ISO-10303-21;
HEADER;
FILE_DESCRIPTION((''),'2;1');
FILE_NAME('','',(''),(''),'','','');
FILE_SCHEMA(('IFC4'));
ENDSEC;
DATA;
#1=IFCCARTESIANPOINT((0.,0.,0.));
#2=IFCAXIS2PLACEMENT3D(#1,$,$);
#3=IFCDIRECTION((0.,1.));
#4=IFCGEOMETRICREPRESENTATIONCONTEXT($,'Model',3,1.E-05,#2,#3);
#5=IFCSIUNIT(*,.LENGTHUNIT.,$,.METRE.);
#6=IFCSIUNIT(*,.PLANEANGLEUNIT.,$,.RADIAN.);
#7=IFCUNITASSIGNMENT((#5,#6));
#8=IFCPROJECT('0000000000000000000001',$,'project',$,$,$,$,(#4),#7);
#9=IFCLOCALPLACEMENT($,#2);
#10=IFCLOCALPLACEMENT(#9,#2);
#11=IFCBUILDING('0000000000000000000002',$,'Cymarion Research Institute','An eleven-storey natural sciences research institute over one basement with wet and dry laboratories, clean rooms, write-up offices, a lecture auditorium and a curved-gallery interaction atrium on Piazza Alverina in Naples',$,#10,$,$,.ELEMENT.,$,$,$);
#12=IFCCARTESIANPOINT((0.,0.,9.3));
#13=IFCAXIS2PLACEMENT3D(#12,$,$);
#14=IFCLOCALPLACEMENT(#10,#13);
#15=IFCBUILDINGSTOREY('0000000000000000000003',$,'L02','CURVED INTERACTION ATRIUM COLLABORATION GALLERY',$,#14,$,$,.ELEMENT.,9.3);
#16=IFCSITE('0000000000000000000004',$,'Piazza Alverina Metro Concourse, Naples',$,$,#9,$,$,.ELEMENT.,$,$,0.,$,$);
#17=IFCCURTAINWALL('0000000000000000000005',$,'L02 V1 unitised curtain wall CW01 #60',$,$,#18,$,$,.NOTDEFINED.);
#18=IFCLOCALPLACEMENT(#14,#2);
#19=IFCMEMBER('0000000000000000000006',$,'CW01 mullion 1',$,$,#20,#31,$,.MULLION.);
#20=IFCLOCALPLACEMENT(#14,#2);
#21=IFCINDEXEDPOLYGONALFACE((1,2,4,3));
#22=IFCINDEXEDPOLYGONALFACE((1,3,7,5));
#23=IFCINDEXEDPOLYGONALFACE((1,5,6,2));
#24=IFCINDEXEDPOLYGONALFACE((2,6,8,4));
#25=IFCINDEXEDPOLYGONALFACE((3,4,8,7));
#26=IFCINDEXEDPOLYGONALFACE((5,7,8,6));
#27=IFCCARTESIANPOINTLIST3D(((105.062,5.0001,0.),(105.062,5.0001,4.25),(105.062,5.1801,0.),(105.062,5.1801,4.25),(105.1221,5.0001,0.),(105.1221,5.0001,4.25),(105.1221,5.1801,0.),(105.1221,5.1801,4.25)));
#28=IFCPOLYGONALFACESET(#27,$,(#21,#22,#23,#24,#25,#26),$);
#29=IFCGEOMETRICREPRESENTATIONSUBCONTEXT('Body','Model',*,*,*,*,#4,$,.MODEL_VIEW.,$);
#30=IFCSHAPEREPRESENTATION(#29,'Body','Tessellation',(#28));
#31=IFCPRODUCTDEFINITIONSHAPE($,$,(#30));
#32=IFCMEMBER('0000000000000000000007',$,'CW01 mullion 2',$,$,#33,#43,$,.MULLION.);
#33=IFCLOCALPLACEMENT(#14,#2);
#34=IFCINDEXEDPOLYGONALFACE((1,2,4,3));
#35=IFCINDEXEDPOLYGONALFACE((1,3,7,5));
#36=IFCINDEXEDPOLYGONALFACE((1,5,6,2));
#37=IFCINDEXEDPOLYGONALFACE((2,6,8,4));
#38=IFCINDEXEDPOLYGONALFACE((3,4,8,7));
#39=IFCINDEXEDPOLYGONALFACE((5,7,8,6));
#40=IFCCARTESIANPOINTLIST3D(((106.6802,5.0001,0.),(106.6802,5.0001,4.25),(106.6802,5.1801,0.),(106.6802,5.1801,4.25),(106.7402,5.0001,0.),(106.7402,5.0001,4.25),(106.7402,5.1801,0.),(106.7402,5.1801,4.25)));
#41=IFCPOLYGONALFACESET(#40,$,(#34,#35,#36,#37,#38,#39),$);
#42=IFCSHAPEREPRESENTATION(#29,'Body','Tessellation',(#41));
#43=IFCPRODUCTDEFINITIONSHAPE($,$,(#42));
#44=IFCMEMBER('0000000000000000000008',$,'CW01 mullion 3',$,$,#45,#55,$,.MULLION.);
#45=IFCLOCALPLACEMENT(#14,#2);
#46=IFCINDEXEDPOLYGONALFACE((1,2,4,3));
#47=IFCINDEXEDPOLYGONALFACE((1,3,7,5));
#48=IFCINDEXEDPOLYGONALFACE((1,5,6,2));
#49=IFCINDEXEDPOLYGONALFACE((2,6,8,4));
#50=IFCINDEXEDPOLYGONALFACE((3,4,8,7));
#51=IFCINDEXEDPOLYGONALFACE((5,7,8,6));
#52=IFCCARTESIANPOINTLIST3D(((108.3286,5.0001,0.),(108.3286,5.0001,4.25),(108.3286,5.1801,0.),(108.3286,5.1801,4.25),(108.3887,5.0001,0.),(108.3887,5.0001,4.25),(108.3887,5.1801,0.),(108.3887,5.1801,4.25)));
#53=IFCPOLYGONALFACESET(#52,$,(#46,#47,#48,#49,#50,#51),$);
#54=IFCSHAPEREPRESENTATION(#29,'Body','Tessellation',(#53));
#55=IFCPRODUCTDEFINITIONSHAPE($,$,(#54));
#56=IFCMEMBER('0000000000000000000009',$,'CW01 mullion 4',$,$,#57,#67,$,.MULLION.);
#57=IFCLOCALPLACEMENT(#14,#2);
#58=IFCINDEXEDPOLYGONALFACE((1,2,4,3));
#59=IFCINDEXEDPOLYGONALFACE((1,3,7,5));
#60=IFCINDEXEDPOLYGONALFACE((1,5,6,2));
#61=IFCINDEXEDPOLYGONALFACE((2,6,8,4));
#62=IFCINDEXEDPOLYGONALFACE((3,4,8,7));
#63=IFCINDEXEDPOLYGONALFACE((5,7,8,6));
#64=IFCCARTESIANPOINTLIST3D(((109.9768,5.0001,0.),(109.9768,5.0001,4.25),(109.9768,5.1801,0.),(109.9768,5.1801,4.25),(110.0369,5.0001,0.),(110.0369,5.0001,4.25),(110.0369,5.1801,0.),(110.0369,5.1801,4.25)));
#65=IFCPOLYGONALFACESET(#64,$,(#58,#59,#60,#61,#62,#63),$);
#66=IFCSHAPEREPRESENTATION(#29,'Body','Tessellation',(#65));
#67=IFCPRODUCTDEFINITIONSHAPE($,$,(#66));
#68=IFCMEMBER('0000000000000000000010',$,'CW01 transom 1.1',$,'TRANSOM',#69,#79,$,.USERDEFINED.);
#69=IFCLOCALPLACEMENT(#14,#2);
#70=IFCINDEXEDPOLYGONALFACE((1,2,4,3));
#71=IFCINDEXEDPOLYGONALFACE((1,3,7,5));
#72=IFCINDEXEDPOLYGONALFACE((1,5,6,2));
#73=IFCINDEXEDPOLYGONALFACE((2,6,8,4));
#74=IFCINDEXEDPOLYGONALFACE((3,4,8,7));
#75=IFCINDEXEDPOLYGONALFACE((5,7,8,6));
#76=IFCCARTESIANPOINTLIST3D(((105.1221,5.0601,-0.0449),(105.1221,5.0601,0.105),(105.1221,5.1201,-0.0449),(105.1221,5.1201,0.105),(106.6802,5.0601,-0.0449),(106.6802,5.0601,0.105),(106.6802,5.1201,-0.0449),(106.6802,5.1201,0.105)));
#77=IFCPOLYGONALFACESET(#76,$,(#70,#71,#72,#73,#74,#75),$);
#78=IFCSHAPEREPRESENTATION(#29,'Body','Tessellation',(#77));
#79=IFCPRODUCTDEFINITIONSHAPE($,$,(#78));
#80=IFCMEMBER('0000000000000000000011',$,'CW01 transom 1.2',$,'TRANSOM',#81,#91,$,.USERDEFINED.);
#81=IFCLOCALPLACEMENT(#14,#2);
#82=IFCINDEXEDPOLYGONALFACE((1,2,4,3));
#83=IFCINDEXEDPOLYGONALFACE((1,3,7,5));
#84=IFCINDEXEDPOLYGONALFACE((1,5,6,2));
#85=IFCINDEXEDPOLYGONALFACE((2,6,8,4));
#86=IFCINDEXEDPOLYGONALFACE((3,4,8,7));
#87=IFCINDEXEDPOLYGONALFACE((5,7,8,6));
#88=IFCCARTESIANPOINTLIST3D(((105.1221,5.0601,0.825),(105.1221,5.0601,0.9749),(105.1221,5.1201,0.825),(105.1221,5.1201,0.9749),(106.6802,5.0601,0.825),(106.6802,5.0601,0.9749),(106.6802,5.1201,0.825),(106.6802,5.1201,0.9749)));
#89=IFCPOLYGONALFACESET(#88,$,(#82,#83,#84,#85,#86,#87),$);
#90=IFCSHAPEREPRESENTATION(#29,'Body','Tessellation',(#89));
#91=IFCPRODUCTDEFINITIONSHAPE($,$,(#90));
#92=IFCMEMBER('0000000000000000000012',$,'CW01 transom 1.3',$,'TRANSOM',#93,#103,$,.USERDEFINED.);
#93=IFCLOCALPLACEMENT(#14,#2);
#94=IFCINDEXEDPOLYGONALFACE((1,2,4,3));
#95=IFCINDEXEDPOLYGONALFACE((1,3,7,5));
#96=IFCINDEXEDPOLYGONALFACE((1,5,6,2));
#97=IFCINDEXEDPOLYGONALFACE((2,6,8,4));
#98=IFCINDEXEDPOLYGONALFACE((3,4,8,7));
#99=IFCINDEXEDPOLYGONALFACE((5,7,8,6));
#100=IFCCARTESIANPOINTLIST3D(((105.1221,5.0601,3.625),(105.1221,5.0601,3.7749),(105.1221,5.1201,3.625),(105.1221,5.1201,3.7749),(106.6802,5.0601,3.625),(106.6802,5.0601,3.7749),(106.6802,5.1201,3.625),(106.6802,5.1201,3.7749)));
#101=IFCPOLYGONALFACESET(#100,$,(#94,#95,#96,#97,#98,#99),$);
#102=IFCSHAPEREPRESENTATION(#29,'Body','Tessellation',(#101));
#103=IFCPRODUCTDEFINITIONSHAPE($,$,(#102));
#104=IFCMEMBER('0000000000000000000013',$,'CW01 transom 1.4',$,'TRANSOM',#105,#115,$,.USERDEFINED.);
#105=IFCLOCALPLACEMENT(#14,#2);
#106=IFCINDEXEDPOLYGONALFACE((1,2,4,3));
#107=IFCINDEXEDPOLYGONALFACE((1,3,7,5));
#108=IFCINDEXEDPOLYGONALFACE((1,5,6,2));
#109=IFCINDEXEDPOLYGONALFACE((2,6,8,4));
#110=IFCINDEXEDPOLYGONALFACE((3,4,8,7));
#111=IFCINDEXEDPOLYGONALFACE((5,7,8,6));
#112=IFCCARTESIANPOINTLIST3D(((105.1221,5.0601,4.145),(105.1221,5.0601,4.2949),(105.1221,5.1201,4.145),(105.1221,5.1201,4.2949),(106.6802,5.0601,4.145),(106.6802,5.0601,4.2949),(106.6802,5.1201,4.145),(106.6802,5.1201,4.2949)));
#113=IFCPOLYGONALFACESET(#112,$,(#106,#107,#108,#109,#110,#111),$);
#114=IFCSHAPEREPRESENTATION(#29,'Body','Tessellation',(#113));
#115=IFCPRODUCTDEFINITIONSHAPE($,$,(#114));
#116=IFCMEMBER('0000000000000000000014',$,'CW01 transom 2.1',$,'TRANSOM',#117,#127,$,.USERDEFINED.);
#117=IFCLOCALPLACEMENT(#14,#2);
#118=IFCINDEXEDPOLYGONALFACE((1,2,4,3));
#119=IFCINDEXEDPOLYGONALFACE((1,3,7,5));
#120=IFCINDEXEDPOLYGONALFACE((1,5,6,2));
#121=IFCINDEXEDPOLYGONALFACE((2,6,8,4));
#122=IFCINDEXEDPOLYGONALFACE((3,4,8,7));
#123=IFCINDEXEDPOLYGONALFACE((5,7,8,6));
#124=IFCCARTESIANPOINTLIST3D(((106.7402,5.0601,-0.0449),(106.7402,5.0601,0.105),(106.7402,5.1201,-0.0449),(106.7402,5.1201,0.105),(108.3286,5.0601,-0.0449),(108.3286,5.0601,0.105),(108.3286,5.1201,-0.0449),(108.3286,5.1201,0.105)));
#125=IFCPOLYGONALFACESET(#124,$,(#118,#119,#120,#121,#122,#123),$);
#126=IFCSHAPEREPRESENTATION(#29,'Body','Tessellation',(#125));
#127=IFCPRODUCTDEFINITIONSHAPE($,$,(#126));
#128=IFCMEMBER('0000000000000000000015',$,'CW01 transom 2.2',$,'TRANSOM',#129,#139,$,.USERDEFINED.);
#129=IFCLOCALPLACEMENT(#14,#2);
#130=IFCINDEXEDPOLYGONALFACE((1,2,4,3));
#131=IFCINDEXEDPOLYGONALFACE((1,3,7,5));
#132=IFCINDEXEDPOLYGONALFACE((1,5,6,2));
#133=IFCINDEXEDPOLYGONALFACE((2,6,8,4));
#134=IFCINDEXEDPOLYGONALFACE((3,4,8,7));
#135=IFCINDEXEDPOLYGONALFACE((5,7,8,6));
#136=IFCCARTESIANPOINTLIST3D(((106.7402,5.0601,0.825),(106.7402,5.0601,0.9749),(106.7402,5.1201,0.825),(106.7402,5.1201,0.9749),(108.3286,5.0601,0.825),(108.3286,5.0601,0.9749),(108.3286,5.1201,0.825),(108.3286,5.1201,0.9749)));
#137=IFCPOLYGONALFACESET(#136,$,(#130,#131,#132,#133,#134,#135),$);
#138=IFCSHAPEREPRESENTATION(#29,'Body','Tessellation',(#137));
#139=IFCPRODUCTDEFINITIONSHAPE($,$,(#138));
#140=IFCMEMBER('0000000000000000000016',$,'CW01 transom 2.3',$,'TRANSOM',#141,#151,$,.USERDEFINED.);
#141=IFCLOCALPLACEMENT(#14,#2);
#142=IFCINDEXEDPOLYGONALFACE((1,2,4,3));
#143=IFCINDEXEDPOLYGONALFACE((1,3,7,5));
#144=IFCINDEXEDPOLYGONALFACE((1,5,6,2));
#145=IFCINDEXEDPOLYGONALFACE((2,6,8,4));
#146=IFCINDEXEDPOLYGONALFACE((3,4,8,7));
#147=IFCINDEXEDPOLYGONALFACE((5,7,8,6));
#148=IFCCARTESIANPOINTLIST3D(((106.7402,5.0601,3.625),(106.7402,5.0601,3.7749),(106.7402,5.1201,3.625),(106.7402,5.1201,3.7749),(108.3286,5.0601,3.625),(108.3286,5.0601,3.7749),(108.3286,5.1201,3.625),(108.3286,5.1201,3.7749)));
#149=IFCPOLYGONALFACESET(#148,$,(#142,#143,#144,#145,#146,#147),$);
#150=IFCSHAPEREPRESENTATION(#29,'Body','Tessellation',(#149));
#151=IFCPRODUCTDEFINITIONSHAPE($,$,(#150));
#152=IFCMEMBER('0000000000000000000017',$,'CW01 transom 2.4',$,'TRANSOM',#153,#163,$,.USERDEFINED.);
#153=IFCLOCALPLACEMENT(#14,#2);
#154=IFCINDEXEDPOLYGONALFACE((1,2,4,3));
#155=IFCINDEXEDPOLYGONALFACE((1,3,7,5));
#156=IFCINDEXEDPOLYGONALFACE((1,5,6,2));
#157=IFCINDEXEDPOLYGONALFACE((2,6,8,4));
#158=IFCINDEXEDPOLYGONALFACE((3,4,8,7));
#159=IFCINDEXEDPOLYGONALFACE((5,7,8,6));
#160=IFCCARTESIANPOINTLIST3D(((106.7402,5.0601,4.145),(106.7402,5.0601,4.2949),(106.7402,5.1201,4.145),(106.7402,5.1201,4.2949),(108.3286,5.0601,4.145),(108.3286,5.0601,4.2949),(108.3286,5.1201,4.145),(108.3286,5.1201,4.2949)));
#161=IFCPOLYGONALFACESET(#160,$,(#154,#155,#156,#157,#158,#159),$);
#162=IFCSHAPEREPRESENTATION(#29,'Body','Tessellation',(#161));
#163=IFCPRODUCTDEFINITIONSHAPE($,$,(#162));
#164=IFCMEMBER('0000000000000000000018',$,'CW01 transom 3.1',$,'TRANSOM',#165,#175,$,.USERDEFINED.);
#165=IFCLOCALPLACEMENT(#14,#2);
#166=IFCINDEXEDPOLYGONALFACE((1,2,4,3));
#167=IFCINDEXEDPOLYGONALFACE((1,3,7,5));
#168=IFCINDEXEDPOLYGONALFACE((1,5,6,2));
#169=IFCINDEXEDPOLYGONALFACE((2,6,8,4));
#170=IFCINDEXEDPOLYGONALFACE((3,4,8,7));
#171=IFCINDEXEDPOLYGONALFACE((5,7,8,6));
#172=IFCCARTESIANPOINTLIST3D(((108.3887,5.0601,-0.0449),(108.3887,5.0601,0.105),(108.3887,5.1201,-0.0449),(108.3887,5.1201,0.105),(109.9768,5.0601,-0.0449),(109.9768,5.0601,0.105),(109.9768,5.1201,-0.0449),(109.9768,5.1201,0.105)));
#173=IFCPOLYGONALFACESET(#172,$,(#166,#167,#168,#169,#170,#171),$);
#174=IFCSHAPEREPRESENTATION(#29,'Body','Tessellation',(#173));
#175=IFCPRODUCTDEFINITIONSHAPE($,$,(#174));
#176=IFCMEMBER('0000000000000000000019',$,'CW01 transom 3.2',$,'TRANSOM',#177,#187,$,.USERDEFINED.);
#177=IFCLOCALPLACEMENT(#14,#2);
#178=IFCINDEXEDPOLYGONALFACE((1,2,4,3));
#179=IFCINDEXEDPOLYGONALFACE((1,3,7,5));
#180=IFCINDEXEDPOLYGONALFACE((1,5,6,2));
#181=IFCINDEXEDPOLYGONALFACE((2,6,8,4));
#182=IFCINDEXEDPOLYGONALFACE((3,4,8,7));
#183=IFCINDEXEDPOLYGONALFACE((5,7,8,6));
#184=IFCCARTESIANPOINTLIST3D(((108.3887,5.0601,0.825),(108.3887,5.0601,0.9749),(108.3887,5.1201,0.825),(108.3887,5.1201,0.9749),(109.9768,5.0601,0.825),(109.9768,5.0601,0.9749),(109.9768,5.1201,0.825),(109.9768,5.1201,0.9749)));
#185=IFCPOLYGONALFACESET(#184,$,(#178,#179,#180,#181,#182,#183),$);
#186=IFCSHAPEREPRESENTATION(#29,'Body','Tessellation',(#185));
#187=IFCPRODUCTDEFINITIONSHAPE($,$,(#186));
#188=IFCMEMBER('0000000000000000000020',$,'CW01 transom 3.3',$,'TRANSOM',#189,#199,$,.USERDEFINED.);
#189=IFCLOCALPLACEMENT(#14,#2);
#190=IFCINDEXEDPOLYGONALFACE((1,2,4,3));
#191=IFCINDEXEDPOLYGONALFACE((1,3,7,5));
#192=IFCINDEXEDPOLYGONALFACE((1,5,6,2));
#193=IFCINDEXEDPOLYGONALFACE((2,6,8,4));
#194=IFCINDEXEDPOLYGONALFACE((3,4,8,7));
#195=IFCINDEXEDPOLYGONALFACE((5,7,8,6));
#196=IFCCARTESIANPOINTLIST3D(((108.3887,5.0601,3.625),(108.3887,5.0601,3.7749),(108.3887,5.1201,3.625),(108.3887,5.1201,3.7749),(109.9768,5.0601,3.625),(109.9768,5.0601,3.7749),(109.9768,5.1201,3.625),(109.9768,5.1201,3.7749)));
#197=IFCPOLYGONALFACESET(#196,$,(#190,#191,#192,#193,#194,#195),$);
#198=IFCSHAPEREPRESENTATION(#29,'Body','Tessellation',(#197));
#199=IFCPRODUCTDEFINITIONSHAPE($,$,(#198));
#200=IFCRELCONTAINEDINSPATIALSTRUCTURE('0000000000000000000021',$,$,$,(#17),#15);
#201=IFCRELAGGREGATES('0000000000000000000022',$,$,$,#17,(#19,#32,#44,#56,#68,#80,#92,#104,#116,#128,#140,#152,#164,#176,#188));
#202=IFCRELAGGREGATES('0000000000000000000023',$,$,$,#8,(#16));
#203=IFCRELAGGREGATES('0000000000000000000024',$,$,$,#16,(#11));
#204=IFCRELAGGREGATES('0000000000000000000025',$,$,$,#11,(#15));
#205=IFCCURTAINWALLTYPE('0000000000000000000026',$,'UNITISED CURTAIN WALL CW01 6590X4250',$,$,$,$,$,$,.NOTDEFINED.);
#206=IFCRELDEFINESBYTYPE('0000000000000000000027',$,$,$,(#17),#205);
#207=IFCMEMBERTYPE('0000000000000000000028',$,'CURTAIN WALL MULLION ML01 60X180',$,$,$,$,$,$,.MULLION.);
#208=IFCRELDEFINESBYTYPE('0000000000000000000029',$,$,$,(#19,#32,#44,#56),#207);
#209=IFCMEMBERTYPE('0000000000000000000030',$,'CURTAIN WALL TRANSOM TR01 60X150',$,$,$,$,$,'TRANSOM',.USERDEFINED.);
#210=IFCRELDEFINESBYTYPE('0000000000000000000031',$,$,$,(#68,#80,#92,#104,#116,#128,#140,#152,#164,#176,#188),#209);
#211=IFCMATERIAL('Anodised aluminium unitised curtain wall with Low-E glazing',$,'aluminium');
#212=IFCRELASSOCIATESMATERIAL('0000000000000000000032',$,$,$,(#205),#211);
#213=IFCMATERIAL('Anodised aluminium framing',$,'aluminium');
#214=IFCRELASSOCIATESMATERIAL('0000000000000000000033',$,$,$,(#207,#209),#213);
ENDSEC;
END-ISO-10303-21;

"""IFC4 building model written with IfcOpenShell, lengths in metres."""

from ifc_helpers import new_model, si_unit, direction, frame, origin, origin_2d, place, context, subcontext, project, spatial, rectangle, extrude, material, material_profile, profile_set, type_object, element, aggregate, save


model = new_model("IFC4")

# Units and contexts
model_context = context("Model", 3, precision=1e-05, world=origin(), true_north=direction((0.0, 1.0)))
body_context = subcontext(model_context, "Body", "Model", "MODEL_VIEW")
ifc_project = project(units=[si_unit("LENGTHUNIT", "METRE"), si_unit("PLANEANGLEUNIT", "RADIAN")], contexts=[model_context])

# Site, building, storey
site_placement = place(None, origin())
site = spatial("IfcSite", under=ifc_project, at=site_placement, Name="Piazza Alverina Metro Concourse, Naples", CompositionType="ELEMENT", RefElevation=0.0)
building_placement = place(site_placement, origin())
building = spatial("IfcBuilding", under=site, at=building_placement, Name="Cymarion Research Institute", Description="An eleven-storey natural sciences research institute over one basement with wet and dry laboratories, clean rooms, write-up offices, a lecture auditorium and a curved-gallery interaction atrium on Piazza Alverina in Naples", CompositionType="ELEMENT")
storey_placement = place(building_placement, frame((0.0, 0.0, 9.3)))
storey = spatial("IfcBuildingStorey", under=building, at=storey_placement, Name="L02", Description="CURVED INTERACTION ATRIUM COLLABORATION GALLERY", CompositionType="ELEMENT", Elevation=9.3)

# Curtain wall, members
ifc_material_1 = material(Name="Anodised aluminium unitised curtain wall with Low-E glazing", Category="aluminium")
curtain_wall_type = type_object("IfcCurtainWallType", Name="UNITISED CURTAIN WALL CW01 6590X4250", PredefinedType="NOTDEFINED", material=ifc_material_1)
curtain_wall_placement = place(storey_placement, origin())
curtain_wall = element("IfcCurtainWall", 1, at=curtain_wall_placement, inside=storey, type_object=curtain_wall_type, Name="L02 V1 unitised curtain wall CW01 #60", PredefinedType="NOTDEFINED")
ifc_material_2 = material(Name="Anodised aluminium framing", Category="aluminium")
ifc_material_profile_1 = material_profile(ifc_material_2, rectangle(XDim=0.0601, YDim=0.1799, at=origin_2d()), Name="ALU MULLION 60x180")
ifc_profile_set_1 = profile_set([ifc_material_profile_1], Name="Anodised aluminium framing")
member_type_1 = type_object("IfcMemberType", Name="CURTAIN WALL MULLION ML01 60X180", PredefinedType="MULLION", material=ifc_profile_set_1)
member_1_placement = place(storey_placement, frame((105.092, 5.0901, 0.0), z_axis=(0.0, 0.0, 1.0), x_axis=(1.0, 0.0, 0.0)))
member_1 = element("IfcMember", 2, at=member_1_placement, type_object=member_type_1, Name="CW01 mullion 1", PredefinedType="MULLION", context=body_context, shape_type="SweptSolid", body=[
    extrude(rectangle(XDim=0.0601, YDim=0.1799, at=origin_2d()), origin(), (0.0, 0.0, 1.0), 4.25),
])
member_2_placement = place(storey_placement, frame((106.7102, 5.0901, 0.0), z_axis=(0.0, 0.0, 1.0), x_axis=(1.0, 0.0, 0.0)))
member_2 = element("IfcMember", 3, at=member_2_placement, type_object=member_type_1, Name="CW01 mullion 2", PredefinedType="MULLION", context=body_context, shape_type="SweptSolid", body=[
    extrude(rectangle(XDim=0.0601, YDim=0.1799, at=origin_2d()), origin(), (0.0, 0.0, 1.0), 4.25),
])
member_3_placement = place(storey_placement, frame((108.3586, 5.0901, 0.0), z_axis=(0.0, 0.0, 1.0), x_axis=(1.0, 0.0, 0.0)))
member_3 = element("IfcMember", 4, at=member_3_placement, type_object=member_type_1, Name="CW01 mullion 3", PredefinedType="MULLION", context=body_context, shape_type="SweptSolid", body=[
    extrude(rectangle(XDim=0.0601, YDim=0.1799, at=origin_2d()), origin(), (0.0, 0.0, 1.0), 4.25),
])
member_4_placement = place(storey_placement, frame((110.0068, 5.0901, 0.0), z_axis=(0.0, 0.0, 1.0), x_axis=(1.0, 0.0, 0.0)))
member_4 = element("IfcMember", 5, at=member_4_placement, type_object=member_type_1, Name="CW01 mullion 4", PredefinedType="MULLION", context=body_context, shape_type="SweptSolid", body=[
    extrude(rectangle(XDim=0.0601, YDim=0.1799, at=origin_2d()), origin(), (0.0, 0.0, 1.0), 4.25),
])
ifc_material_profile_2 = material_profile(ifc_material_2, rectangle(XDim=0.0601, YDim=0.1499, at=origin_2d()), Name="ALU TRANSOM 60x150")
ifc_profile_set_2 = profile_set([ifc_material_profile_2], Name="Anodised aluminium framing")
member_type_2 = type_object("IfcMemberType", Name="CURTAIN WALL TRANSOM TR01 60X150", ElementType="TRANSOM", PredefinedType="USERDEFINED", material=ifc_profile_set_2)
member_5_placement = place(storey_placement, frame((105.1221, 5.0901, 0.03), z_axis=(1.0, 0.0, 0.0), x_axis=(0.0, 1.0, 0.0)))
member_5 = element("IfcMember", 6, at=member_5_placement, type_object=member_type_2, Name="CW01 transom 1.1", ObjectType="TRANSOM", PredefinedType="USERDEFINED", context=body_context, shape_type="SweptSolid", body=[
    extrude(rectangle(XDim=0.0601, YDim=0.1499, at=origin_2d()), origin(), (0.0, 0.0, 1.0), 1.5581),
])
member_6_placement = place(storey_placement, frame((105.1221, 5.0901, 0.8999), z_axis=(1.0, 0.0, 0.0), x_axis=(0.0, 1.0, 0.0)))
member_6 = element("IfcMember", 7, at=member_6_placement, type_object=member_type_2, Name="CW01 transom 1.2", ObjectType="TRANSOM", PredefinedType="USERDEFINED", context=body_context, shape_type="SweptSolid", body=[
    extrude(rectangle(XDim=0.0601, YDim=0.1499, at=origin_2d()), origin(), (0.0, 0.0, 1.0), 1.5581),
])
member_7_placement = place(storey_placement, frame((105.1221, 5.0901, 3.7), z_axis=(1.0, 0.0, 0.0), x_axis=(0.0, 1.0, 0.0)))
member_7 = element("IfcMember", 8, at=member_7_placement, type_object=member_type_2, Name="CW01 transom 1.3", ObjectType="TRANSOM", PredefinedType="USERDEFINED", context=body_context, shape_type="SweptSolid", body=[
    extrude(rectangle(XDim=0.0601, YDim=0.1499, at=origin_2d()), origin(), (0.0, 0.0, 1.0), 1.5581),
])
member_8_placement = place(storey_placement, frame((105.1221, 5.0901, 4.22), z_axis=(1.0, 0.0, 0.0), x_axis=(0.0, 1.0, 0.0)))
member_8 = element("IfcMember", 9, at=member_8_placement, type_object=member_type_2, Name="CW01 transom 1.4", ObjectType="TRANSOM", PredefinedType="USERDEFINED", context=body_context, shape_type="SweptSolid", body=[
    extrude(rectangle(XDim=0.0601, YDim=0.1499, at=origin_2d()), origin(), (0.0, 0.0, 1.0), 1.5581),
])
member_9_placement = place(storey_placement, frame((106.7402, 5.0901, 0.03), z_axis=(1.0, 0.0, 0.0), x_axis=(0.0, 1.0, 0.0)))
member_9 = element("IfcMember", 10, at=member_9_placement, type_object=member_type_2, Name="CW01 transom 2.1", ObjectType="TRANSOM", PredefinedType="USERDEFINED", context=body_context, shape_type="SweptSolid", body=[
    extrude(rectangle(XDim=0.0601, YDim=0.1499, at=origin_2d()), origin(), (0.0, 0.0, 1.0), 1.5884),
])
member_10_placement = place(storey_placement, frame((106.7402, 5.0901, 0.8999), z_axis=(1.0, 0.0, 0.0), x_axis=(0.0, 1.0, 0.0)))
member_10 = element("IfcMember", 11, at=member_10_placement, type_object=member_type_2, Name="CW01 transom 2.2", ObjectType="TRANSOM", PredefinedType="USERDEFINED", context=body_context, shape_type="SweptSolid", body=[
    extrude(rectangle(XDim=0.0601, YDim=0.1499, at=origin_2d()), origin(), (0.0, 0.0, 1.0), 1.5884),
])
member_11_placement = place(storey_placement, frame((106.7402, 5.0901, 3.7), z_axis=(1.0, 0.0, 0.0), x_axis=(0.0, 1.0, 0.0)))
member_11 = element("IfcMember", 12, at=member_11_placement, type_object=member_type_2, Name="CW01 transom 2.3", ObjectType="TRANSOM", PredefinedType="USERDEFINED", context=body_context, shape_type="SweptSolid", body=[
    extrude(rectangle(XDim=0.0601, YDim=0.1499, at=origin_2d()), origin(), (0.0, 0.0, 1.0), 1.5884),
])
member_12_placement = place(storey_placement, frame((106.7402, 5.0901, 4.22), z_axis=(1.0, 0.0, 0.0), x_axis=(0.0, 1.0, 0.0)))
member_12 = element("IfcMember", 13, at=member_12_placement, type_object=member_type_2, Name="CW01 transom 2.4", ObjectType="TRANSOM", PredefinedType="USERDEFINED", context=body_context, shape_type="SweptSolid", body=[
    extrude(rectangle(XDim=0.0601, YDim=0.1499, at=origin_2d()), origin(), (0.0, 0.0, 1.0), 1.5884),
])
member_13_placement = place(storey_placement, frame((108.3887, 5.0901, 0.03), z_axis=(1.0, 0.0, 0.0), x_axis=(0.0, 1.0, 0.0)))
member_13 = element("IfcMember", 14, at=member_13_placement, type_object=member_type_2, Name="CW01 transom 3.1", ObjectType="TRANSOM", PredefinedType="USERDEFINED", context=body_context, shape_type="SweptSolid", body=[
    extrude(rectangle(XDim=0.0601, YDim=0.1499, at=origin_2d()), origin(), (0.0, 0.0, 1.0), 1.5881),
])
member_14_placement = place(storey_placement, frame((108.3887, 5.0901, 0.8999), z_axis=(1.0, 0.0, 0.0), x_axis=(0.0, 1.0, 0.0)))
member_14 = element("IfcMember", 15, at=member_14_placement, type_object=member_type_2, Name="CW01 transom 3.2", ObjectType="TRANSOM", PredefinedType="USERDEFINED", context=body_context, shape_type="SweptSolid", body=[
    extrude(rectangle(XDim=0.0601, YDim=0.1499, at=origin_2d()), origin(), (0.0, 0.0, 1.0), 1.5881),
])
member_15_placement = place(storey_placement, frame((108.3887, 5.0901, 3.7), z_axis=(1.0, 0.0, 0.0), x_axis=(0.0, 1.0, 0.0)))
member_15 = element("IfcMember", 16, at=member_15_placement, type_object=member_type_2, Name="CW01 transom 3.3", ObjectType="TRANSOM", PredefinedType="USERDEFINED", context=body_context, shape_type="SweptSolid", body=[
    extrude(rectangle(XDim=0.0601, YDim=0.1499, at=origin_2d()), origin(), (0.0, 0.0, 1.0), 1.5881),
])
aggregate(curtain_wall, [member_1, member_2, member_3, member_4, member_5, member_6, member_7, member_8, member_9, member_10, member_11, member_12, member_13, member_14, member_15])

save(model, "model.ifc")
